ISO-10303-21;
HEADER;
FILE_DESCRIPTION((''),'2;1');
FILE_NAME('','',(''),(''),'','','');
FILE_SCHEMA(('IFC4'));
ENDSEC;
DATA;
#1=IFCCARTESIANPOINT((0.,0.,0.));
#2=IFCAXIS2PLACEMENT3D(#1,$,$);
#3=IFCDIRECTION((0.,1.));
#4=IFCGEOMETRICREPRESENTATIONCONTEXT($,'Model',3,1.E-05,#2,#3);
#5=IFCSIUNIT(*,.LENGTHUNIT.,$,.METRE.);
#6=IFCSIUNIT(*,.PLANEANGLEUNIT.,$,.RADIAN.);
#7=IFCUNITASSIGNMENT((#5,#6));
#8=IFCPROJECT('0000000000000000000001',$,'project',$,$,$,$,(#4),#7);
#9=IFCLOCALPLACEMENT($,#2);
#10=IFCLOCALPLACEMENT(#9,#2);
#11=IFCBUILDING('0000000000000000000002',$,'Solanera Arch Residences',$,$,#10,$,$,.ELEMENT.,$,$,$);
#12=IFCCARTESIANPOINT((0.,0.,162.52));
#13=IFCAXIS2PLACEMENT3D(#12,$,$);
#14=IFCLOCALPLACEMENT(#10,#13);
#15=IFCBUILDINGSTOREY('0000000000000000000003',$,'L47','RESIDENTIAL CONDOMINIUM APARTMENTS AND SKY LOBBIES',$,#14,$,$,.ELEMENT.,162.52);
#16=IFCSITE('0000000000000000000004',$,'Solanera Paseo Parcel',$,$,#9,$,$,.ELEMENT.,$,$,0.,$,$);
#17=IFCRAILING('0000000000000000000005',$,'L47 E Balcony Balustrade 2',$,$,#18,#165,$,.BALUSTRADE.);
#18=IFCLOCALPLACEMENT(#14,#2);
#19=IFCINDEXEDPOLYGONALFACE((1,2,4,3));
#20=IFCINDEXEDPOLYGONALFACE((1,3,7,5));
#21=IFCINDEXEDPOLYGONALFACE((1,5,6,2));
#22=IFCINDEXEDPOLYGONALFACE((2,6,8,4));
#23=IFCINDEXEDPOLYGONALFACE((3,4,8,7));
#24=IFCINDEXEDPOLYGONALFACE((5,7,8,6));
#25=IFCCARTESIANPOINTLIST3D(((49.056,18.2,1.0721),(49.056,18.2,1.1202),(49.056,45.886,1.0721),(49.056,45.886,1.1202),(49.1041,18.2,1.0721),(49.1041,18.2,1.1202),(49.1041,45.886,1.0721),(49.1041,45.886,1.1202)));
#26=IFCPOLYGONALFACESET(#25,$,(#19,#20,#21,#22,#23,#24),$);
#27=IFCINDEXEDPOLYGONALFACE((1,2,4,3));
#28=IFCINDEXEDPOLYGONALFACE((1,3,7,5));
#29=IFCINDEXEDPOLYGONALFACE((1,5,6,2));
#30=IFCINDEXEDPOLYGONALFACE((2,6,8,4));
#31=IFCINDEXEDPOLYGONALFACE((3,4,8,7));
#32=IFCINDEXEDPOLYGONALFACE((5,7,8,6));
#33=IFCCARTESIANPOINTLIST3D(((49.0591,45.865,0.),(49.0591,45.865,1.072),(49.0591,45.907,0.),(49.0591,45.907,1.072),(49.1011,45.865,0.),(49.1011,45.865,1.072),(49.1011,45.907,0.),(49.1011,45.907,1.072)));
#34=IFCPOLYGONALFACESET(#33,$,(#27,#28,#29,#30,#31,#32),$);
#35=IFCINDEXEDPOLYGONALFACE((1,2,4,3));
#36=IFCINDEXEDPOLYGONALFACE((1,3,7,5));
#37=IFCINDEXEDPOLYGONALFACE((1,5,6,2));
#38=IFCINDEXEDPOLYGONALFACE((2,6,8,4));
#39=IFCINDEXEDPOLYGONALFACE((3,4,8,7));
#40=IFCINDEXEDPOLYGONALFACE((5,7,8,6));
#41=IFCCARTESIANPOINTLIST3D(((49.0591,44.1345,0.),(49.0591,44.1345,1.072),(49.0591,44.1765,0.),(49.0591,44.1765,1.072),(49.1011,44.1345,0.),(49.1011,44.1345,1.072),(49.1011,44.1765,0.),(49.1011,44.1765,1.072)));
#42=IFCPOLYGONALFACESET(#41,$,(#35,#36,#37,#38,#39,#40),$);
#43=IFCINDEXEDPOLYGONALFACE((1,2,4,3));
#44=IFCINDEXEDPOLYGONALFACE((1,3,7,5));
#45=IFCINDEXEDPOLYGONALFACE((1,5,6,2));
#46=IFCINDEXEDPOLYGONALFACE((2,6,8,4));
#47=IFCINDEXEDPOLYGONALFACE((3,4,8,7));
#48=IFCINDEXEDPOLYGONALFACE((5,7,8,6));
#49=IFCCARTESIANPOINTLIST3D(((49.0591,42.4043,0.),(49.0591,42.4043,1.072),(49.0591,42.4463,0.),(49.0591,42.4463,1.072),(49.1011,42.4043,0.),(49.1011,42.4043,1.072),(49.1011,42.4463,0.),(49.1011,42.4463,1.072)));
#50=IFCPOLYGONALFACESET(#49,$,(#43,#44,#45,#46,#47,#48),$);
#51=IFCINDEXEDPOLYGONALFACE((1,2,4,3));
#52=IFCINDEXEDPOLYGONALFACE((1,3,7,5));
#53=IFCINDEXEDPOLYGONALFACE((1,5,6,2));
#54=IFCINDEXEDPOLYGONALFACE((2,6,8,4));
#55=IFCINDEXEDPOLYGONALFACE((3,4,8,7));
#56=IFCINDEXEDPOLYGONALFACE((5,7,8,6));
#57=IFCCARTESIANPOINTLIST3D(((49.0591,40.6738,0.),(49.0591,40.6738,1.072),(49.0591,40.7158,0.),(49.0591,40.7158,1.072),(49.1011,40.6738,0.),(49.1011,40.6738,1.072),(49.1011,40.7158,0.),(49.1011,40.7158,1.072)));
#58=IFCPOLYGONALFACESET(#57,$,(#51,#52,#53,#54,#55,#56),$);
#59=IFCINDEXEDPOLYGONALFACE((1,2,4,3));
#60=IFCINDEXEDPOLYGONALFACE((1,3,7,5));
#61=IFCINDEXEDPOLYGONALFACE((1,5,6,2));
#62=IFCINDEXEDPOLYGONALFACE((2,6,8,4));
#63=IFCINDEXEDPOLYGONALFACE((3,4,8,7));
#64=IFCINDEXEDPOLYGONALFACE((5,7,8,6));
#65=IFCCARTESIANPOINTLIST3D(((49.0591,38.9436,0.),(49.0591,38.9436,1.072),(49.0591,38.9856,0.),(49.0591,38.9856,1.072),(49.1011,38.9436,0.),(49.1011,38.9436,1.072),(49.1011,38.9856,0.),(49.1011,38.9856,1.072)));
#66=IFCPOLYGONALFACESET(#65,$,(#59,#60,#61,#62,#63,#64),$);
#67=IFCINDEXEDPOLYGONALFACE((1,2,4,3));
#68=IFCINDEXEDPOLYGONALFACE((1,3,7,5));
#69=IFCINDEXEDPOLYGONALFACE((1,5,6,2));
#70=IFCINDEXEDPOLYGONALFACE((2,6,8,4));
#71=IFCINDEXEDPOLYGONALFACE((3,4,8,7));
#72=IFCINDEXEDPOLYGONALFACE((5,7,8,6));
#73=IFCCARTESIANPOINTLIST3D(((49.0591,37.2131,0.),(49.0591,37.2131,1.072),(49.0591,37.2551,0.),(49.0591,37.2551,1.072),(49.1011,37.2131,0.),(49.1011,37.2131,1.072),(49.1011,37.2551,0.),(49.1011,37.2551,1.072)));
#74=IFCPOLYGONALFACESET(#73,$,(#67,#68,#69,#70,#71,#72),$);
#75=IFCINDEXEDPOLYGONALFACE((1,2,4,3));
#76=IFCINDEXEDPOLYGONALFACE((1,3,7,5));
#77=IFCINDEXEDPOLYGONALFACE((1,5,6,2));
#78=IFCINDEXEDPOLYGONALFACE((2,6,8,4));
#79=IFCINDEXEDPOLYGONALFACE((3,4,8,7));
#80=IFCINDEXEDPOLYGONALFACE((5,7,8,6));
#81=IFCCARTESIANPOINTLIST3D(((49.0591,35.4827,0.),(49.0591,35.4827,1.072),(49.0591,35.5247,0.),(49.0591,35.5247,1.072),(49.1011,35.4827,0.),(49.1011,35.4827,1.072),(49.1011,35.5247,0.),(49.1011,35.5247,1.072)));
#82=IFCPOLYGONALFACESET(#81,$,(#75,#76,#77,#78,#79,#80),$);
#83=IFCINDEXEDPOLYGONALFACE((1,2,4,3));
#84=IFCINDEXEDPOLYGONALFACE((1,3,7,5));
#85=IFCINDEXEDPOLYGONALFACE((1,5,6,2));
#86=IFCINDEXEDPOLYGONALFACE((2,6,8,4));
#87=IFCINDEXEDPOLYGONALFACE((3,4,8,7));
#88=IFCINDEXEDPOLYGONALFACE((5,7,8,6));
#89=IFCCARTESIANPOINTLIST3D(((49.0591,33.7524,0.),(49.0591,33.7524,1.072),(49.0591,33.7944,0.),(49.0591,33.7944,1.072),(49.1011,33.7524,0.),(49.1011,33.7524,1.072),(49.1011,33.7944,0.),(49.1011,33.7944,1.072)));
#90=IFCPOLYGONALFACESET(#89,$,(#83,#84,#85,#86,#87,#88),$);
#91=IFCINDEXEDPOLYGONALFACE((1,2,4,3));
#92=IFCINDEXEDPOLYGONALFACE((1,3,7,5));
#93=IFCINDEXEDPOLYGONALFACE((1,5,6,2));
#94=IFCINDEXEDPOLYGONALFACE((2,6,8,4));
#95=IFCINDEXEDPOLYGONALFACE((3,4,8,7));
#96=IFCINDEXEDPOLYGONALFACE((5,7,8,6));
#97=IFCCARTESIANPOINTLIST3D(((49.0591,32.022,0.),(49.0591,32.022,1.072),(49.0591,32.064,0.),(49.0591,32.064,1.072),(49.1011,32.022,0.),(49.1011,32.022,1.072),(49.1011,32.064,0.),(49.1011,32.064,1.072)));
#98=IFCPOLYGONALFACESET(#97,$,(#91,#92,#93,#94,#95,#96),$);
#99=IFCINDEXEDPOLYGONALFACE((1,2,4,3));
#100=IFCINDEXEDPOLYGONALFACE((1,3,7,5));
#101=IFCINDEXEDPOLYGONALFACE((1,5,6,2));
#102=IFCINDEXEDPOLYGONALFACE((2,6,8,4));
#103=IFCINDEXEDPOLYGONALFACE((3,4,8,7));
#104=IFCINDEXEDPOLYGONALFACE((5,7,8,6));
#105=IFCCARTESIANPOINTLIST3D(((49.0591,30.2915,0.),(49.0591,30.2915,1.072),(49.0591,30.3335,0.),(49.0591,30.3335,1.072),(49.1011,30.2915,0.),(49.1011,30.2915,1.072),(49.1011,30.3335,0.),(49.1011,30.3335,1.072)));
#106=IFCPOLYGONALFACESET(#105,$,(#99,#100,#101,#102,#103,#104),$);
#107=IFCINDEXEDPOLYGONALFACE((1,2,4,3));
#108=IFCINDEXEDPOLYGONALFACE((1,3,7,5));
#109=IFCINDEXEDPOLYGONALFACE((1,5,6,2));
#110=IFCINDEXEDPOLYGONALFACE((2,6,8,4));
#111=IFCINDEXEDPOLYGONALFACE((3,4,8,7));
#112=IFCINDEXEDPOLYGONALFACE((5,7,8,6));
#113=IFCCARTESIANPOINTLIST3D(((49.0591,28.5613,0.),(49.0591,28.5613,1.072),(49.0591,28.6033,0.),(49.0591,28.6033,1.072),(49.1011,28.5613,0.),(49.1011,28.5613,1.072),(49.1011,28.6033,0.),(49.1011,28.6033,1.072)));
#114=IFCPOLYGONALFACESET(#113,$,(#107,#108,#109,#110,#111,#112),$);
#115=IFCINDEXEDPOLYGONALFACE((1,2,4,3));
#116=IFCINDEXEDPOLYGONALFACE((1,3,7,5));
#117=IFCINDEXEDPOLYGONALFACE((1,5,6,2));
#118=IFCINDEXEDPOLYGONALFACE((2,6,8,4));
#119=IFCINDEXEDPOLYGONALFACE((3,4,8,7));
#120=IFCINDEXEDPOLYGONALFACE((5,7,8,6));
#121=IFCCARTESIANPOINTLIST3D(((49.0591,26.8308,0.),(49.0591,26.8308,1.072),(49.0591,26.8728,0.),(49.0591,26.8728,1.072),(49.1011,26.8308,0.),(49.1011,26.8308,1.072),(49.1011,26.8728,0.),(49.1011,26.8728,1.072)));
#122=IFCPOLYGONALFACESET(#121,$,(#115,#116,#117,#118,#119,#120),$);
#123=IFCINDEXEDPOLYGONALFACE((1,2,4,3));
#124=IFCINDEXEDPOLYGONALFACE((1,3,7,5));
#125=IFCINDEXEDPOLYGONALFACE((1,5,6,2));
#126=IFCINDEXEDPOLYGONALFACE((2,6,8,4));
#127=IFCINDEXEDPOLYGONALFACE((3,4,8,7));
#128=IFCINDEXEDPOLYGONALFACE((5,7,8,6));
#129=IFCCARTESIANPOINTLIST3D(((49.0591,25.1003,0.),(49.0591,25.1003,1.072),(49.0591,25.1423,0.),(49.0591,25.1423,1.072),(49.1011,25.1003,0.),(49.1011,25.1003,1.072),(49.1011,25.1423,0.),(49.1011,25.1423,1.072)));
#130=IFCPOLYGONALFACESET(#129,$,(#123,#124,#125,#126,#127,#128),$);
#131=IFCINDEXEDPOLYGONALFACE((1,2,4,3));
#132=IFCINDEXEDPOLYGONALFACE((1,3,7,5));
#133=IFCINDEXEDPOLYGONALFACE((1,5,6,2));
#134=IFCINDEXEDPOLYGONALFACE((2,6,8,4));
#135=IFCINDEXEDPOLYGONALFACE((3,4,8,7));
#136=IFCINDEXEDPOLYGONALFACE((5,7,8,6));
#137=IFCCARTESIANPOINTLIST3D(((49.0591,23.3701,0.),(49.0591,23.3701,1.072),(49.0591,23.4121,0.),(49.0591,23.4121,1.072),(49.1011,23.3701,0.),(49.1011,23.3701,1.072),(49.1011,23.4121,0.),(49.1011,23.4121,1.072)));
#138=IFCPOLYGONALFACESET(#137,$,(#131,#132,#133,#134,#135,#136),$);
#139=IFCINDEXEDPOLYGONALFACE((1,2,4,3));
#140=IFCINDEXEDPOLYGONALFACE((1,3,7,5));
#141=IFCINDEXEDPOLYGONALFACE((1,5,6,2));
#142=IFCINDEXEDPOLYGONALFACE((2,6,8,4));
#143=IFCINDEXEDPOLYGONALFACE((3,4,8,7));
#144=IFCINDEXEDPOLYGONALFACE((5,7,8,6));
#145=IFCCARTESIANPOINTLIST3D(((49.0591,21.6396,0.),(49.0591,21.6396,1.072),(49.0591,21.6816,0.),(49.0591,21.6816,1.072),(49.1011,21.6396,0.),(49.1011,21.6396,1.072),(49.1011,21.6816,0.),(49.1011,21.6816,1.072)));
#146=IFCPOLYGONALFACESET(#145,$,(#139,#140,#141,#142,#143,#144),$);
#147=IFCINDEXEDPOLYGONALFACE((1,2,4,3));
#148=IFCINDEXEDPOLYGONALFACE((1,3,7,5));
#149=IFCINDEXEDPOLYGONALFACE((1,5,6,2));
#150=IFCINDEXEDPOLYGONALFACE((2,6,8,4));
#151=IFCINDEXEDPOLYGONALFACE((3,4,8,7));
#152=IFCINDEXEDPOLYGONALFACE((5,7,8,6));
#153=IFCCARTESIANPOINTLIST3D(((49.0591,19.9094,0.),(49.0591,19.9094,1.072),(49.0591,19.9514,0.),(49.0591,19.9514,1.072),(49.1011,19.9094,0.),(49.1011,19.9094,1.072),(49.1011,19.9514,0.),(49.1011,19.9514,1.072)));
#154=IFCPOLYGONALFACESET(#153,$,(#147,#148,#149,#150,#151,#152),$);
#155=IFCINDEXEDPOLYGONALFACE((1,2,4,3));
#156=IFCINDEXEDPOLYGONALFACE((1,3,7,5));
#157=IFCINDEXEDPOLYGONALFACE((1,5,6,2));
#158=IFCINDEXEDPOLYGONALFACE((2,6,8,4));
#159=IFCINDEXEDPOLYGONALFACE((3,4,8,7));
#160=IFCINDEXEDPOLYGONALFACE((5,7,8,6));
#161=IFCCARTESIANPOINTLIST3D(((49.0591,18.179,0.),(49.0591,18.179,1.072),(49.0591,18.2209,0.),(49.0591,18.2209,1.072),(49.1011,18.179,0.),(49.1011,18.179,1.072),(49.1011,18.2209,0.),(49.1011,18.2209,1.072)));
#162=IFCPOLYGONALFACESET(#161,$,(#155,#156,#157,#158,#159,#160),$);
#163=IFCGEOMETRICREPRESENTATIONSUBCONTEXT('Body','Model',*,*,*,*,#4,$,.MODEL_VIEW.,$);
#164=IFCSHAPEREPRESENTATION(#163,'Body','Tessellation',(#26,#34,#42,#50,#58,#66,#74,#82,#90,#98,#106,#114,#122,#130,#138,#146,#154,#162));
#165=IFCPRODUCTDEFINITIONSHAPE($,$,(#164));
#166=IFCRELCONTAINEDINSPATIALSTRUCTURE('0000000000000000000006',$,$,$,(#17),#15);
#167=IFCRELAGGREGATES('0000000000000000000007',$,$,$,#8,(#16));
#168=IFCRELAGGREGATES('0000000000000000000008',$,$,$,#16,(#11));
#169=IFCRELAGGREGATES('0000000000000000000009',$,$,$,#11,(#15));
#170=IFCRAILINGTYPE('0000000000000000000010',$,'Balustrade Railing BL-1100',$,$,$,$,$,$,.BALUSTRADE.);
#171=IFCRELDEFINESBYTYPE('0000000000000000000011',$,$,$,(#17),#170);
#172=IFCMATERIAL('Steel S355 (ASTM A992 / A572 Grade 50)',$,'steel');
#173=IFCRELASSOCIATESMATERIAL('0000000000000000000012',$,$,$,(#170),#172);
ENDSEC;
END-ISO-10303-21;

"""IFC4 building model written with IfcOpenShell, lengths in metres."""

from ifc_helpers import new_model, si_unit, direction, frame, origin, origin_2d, place, context, subcontext, project, spatial, rectangle, extrude, material, type_object, element, save


model = new_model("IFC4")

# Units and contexts
model_context = context("Model", 3, precision=1e-05, world=origin(), true_north=direction((0.0, 1.0)))
body_context = subcontext(model_context, "Body", "Model", "MODEL_VIEW")
ifc_project = project(units=[si_unit("LENGTHUNIT", "METRE"), si_unit("PLANEANGLEUNIT", "RADIAN")], contexts=[model_context])

# Site, building, storey
site_placement = place(None, origin())
site = spatial("IfcSite", under=ifc_project, at=site_placement, Name="Solanera Paseo Parcel", CompositionType="ELEMENT", RefElevation=0.0)
building_placement = place(site_placement, origin())
building = spatial("IfcBuilding", under=site, at=building_placement, Name="Solanera Arch Residences", CompositionType="ELEMENT")
storey_placement = place(building_placement, frame((0.0, 0.0, 162.52)))
storey = spatial("IfcBuildingStorey", under=building, at=storey_placement, Name="L47", Description="RESIDENTIAL CONDOMINIUM APARTMENTS AND SKY LOBBIES", CompositionType="ELEMENT", Elevation=162.52)

# Railing
ifc_material_1 = material(Name="Steel S355 (ASTM A992 / A572 Grade 50)", Category="steel")
railing_type = type_object("IfcRailingType", Name="Balustrade Railing BL-1100", PredefinedType="BALUSTRADE", material=ifc_material_1)
railing_1_placement = place(storey_placement, frame((49.0801, 45.886, 0.0)))
element("IfcRailing", 1, at=railing_1_placement, inside=storey, type_object=railing_type, Name="L47 E Balcony Balustrade 2", PredefinedType="BALUSTRADE", context=body_context, shape_type="SweptSolid", body=[
    extrude(rectangle(XDim=0.0481, YDim=0.0481, at=origin_2d()), frame((0.0, 0.0, 1.0962), z_axis=(0.0, -1.0, 0.0), x_axis=(1.0, 0.0, 0.0)), (0.0, 0.0, 1.0), 27.686),
    extrude(rectangle(XDim=0.042, YDim=0.042, at=origin_2d()), origin(), (0.0, 0.0, 1.0), 1.072),
    extrude(rectangle(XDim=0.042, YDim=0.042, at=origin_2d()), frame((0.0, -1.7305, 0.0)), (0.0, 0.0, 1.0), 1.072),
    extrude(rectangle(XDim=0.042, YDim=0.042, at=origin_2d()), frame((0.0, -3.4607, 0.0)), (0.0, 0.0, 1.0), 1.072),
    extrude(rectangle(XDim=0.042, YDim=0.042, at=origin_2d()), frame((0.0, -5.1912, 0.0)), (0.0, 0.0, 1.0), 1.072),
    extrude(rectangle(XDim=0.042, YDim=0.042, at=origin_2d()), frame((0.0, -6.9214, 0.0)), (0.0, 0.0, 1.0), 1.072),
    extrude(rectangle(XDim=0.042, YDim=0.042, at=origin_2d()), frame((0.0, -8.6519, 0.0)), (0.0, 0.0, 1.0), 1.072),
    extrude(rectangle(XDim=0.042, YDim=0.042, at=origin_2d()), frame((0.0, -10.3823, 0.0)), (0.0, 0.0, 1.0), 1.072),
    extrude(rectangle(XDim=0.042, YDim=0.042, at=origin_2d()), frame((0.0, -12.1125, 0.0)), (0.0, 0.0, 1.0), 1.072),
    extrude(rectangle(XDim=0.042, YDim=0.042, at=origin_2d()), frame((0.0, -13.843, 0.0)), (0.0, 0.0, 1.0), 1.072),
    extrude(rectangle(XDim=0.042, YDim=0.042, at=origin_2d()), frame((0.0, -15.5735, 0.0)), (0.0, 0.0, 1.0), 1.072),
    extrude(rectangle(XDim=0.042, YDim=0.042, at=origin_2d()), frame((0.0, -17.3037, 0.0)), (0.0, 0.0, 1.0), 1.072),
    extrude(rectangle(XDim=0.042, YDim=0.042, at=origin_2d()), frame((0.0, -19.0342, 0.0)), (0.0, 0.0, 1.0), 1.072),
    extrude(rectangle(XDim=0.042, YDim=0.042, at=origin_2d()), frame((0.0, -20.7646, 0.0)), (0.0, 0.0, 1.0), 1.072),
    extrude(rectangle(XDim=0.042, YDim=0.042, at=origin_2d()), frame((0.0, -22.4949, 0.0)), (0.0, 0.0, 1.0), 1.072),
    extrude(rectangle(XDim=0.042, YDim=0.042, at=origin_2d()), frame((0.0, -24.2253, 0.0)), (0.0, 0.0, 1.0), 1.072),
    extrude(rectangle(XDim=0.042, YDim=0.042, at=origin_2d()), frame((0.0, -25.9556, 0.0)), (0.0, 0.0, 1.0), 1.072),
    extrude(rectangle(XDim=0.042, YDim=0.042, at=origin_2d()), frame((0.0, -27.686, 0.0)), (0.0, 0.0, 1.0), 1.072),
])

save(model, "model.ifc")
